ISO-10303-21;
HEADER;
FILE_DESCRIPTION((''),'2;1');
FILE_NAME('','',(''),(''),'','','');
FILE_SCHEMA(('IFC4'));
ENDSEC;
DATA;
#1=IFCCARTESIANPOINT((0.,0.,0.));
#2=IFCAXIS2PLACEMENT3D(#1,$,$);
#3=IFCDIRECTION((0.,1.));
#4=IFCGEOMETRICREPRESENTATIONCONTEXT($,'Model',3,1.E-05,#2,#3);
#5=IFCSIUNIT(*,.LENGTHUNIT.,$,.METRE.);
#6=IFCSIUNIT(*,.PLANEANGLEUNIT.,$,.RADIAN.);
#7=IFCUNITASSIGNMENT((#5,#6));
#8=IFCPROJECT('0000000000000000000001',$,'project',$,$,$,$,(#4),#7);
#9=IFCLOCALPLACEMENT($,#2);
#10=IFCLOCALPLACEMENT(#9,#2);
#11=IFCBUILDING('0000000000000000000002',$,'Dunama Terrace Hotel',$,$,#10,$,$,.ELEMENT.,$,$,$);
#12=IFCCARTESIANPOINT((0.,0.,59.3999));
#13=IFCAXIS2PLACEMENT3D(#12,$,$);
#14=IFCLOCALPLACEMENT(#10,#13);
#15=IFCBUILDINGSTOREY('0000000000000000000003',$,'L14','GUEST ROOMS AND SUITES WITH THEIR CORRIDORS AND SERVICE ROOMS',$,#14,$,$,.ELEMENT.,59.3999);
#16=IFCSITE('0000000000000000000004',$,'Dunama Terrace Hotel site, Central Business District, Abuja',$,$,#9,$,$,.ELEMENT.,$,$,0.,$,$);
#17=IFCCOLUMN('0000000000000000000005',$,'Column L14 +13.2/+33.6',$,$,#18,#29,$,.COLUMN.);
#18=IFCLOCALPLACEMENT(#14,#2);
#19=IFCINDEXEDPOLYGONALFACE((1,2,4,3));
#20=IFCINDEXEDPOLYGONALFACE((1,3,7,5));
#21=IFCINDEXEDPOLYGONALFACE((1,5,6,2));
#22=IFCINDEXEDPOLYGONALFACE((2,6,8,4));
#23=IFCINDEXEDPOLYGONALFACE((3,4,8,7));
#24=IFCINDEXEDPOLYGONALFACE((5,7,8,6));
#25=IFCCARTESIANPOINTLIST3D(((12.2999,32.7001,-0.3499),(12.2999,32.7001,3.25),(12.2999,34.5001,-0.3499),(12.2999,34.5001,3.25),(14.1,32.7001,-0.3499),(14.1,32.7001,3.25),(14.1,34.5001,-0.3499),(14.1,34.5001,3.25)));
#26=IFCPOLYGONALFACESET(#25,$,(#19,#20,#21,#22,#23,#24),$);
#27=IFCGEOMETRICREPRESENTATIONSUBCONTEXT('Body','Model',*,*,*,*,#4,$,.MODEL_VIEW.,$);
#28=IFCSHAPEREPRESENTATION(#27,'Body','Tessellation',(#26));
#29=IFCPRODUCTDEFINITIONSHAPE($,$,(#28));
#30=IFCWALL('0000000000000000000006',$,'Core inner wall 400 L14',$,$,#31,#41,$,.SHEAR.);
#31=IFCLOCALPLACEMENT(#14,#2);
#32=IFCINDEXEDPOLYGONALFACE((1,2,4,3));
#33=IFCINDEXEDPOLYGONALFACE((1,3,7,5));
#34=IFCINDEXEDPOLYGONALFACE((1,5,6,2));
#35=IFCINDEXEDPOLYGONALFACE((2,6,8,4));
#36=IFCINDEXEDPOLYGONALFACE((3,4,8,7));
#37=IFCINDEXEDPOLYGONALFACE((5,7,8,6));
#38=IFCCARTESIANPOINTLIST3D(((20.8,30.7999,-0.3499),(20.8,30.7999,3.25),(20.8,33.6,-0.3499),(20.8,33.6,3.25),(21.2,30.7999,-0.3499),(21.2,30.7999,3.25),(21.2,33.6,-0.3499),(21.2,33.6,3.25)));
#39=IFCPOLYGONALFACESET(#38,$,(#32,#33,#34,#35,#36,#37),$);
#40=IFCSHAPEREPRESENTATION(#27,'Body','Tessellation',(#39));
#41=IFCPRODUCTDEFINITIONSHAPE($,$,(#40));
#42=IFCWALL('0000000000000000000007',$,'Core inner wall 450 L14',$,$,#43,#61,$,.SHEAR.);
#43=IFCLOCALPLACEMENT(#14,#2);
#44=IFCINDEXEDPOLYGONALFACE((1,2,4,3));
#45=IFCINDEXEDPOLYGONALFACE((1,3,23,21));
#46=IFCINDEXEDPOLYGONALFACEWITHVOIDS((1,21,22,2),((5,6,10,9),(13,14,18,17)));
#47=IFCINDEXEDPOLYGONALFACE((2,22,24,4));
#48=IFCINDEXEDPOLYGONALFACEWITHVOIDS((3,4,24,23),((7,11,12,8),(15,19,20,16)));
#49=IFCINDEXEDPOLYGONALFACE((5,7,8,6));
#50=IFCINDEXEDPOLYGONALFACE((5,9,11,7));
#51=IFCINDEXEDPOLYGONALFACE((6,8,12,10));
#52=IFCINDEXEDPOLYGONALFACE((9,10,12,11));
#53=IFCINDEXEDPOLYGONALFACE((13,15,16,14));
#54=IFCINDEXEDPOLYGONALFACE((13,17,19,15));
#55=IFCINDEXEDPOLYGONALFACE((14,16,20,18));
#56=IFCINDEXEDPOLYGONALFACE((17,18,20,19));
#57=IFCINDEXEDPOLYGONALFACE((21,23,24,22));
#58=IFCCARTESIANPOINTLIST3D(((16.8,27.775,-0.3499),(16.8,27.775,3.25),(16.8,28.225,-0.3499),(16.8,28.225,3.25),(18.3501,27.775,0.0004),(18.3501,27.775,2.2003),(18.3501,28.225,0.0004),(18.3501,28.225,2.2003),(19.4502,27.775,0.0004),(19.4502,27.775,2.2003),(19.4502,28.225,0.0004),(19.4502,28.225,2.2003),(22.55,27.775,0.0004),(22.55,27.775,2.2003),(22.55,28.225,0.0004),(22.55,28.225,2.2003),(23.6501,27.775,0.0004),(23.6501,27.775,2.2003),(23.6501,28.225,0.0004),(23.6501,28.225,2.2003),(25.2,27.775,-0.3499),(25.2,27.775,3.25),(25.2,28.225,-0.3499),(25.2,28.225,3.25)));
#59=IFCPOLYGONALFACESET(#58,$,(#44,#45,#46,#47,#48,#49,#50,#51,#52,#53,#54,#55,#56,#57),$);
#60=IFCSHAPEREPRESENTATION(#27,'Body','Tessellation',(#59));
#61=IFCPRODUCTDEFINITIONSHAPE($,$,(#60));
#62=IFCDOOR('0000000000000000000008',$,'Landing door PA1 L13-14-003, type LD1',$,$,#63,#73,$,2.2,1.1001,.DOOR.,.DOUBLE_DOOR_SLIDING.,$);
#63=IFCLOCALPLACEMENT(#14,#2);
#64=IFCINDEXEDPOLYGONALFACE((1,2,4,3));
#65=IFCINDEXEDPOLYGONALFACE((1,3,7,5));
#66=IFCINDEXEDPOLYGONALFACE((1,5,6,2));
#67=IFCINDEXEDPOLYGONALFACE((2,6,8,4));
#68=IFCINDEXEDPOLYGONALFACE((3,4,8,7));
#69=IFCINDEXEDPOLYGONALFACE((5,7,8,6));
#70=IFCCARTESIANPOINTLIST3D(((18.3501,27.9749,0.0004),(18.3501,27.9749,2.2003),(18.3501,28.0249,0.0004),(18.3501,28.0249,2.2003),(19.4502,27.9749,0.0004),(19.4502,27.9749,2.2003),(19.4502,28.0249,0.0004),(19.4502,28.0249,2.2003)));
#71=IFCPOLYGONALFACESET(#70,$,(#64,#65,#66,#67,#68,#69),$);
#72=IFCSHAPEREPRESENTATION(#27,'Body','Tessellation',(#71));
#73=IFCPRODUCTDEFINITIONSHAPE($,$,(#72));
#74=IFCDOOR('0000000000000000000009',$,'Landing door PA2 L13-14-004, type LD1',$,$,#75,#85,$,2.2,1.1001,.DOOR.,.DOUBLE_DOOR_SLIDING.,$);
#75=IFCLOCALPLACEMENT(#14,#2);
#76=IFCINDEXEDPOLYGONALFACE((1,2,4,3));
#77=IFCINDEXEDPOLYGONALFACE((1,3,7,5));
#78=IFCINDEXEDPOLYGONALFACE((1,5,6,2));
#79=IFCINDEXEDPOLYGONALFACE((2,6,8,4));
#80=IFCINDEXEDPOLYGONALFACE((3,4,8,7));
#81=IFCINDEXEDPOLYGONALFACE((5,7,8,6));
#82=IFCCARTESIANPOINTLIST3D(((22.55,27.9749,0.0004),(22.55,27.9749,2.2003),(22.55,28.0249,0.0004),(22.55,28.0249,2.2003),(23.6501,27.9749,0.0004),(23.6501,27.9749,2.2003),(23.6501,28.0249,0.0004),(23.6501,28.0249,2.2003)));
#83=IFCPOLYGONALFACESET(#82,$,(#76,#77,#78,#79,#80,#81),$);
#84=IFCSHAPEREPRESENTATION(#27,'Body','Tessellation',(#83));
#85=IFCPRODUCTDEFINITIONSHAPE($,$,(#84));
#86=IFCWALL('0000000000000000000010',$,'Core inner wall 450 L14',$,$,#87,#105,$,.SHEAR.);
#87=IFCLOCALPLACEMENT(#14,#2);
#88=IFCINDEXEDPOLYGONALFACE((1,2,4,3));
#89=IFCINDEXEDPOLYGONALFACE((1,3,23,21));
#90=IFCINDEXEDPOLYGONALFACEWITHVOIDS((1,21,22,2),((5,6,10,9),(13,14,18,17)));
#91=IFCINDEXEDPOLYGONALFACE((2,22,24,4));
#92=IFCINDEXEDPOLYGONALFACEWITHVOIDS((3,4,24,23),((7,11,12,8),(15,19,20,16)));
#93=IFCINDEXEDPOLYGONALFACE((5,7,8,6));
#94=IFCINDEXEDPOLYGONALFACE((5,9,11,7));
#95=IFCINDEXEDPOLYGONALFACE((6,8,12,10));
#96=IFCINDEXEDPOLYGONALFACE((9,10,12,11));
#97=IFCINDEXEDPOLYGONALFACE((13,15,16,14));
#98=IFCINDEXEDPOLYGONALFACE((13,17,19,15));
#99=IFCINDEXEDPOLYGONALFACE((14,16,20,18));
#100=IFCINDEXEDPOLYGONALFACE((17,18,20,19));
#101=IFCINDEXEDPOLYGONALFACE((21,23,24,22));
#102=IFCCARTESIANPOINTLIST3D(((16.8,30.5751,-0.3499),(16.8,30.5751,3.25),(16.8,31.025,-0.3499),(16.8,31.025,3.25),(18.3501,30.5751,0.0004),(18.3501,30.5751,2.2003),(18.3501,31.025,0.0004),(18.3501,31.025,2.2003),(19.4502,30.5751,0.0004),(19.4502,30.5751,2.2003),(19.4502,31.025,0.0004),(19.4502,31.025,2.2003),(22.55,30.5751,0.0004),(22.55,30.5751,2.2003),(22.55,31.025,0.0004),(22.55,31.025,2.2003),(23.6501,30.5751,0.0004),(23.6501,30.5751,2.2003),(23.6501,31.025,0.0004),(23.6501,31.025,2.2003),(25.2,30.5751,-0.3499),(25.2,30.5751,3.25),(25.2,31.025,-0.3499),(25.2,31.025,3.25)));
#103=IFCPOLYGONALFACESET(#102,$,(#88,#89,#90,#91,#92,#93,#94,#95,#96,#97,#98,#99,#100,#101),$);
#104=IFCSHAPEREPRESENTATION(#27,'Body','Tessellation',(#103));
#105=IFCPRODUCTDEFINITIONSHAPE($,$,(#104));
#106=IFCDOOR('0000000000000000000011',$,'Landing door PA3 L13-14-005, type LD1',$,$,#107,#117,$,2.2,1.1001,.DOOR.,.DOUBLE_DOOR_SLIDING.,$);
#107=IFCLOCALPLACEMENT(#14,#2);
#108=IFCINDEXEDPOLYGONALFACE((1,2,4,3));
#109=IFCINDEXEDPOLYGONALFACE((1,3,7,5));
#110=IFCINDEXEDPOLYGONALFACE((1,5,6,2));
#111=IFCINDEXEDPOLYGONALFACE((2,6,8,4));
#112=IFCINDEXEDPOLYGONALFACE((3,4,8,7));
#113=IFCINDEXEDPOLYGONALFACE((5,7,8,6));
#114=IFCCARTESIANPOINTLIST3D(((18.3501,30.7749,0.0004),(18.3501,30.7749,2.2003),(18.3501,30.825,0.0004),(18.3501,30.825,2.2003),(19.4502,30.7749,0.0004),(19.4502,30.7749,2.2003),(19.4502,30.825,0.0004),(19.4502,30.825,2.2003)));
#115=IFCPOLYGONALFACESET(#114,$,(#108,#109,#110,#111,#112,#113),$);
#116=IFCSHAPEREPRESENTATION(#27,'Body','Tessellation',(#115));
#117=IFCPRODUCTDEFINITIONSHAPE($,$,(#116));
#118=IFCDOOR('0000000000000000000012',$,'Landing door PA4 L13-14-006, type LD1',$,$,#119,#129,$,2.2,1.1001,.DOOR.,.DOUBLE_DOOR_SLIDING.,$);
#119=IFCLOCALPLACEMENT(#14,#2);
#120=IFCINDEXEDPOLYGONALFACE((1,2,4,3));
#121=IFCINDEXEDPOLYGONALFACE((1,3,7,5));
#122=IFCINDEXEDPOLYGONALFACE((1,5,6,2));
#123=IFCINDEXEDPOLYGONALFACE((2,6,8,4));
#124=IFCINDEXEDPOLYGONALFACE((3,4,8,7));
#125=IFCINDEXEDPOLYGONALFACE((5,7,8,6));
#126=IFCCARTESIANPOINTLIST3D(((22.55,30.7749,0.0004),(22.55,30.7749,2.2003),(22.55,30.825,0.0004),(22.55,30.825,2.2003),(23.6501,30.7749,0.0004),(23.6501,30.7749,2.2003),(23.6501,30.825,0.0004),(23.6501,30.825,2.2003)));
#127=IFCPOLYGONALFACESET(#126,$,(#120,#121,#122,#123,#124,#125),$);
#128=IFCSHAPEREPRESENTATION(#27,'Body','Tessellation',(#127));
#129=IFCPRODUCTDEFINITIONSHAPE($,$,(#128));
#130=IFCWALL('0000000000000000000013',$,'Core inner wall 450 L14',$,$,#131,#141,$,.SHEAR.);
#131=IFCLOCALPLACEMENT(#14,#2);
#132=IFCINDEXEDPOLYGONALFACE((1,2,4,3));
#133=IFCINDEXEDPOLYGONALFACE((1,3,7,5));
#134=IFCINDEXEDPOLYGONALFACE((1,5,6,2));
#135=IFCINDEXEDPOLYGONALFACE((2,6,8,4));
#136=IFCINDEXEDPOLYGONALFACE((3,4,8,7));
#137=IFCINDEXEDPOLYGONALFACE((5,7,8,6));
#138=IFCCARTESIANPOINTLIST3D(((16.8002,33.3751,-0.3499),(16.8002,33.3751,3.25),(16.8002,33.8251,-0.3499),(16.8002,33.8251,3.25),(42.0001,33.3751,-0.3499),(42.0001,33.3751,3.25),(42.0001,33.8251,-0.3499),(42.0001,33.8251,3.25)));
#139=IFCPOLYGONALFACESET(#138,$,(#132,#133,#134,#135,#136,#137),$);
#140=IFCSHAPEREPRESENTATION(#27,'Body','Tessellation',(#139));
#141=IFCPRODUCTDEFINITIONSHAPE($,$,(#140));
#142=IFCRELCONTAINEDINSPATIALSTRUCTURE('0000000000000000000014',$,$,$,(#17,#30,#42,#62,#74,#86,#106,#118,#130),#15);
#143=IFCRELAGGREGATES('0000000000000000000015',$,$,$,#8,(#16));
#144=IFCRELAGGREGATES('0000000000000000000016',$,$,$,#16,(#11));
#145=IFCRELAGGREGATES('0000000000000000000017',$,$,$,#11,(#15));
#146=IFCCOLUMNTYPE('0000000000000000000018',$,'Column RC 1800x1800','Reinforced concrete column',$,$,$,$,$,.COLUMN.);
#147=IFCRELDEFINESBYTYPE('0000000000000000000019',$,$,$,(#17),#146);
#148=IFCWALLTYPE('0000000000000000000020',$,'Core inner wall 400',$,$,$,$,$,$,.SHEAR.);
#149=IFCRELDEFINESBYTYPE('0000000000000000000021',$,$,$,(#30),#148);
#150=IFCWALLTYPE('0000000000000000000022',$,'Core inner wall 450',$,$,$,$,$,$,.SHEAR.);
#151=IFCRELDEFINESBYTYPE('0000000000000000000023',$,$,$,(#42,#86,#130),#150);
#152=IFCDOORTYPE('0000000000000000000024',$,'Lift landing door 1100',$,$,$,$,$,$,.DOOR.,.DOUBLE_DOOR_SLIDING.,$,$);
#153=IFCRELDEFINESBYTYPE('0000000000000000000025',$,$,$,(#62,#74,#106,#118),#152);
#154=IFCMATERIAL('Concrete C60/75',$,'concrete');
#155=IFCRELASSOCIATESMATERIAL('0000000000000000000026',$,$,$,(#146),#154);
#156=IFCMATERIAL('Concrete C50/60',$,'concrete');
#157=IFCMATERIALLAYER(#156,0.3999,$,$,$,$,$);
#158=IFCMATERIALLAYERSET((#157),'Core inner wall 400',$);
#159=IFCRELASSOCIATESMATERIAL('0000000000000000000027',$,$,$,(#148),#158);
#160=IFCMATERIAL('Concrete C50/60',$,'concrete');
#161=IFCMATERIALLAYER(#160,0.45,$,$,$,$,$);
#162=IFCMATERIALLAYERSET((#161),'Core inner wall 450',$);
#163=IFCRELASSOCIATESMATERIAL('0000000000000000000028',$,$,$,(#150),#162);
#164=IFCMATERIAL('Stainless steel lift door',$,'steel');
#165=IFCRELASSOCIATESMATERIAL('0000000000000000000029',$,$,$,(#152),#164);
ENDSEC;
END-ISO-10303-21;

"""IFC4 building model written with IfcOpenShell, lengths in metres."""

from ifc_helpers import new_model, si_unit, direction, frame, frame_2d, origin, origin_2d, place, context, subcontext, project, spatial, rectangle, extrude, material, layer, layer_set, material_profile, profile_set, type_object, element, fill, save


model = new_model("IFC4")

# Units and contexts
model_context = context("Model", 3, precision=1e-05, world=origin(), true_north=direction((0.0, 1.0)))
body_context = subcontext(model_context, "Body", "Model", "MODEL_VIEW")
ifc_project = project(units=[si_unit("LENGTHUNIT", "METRE"), si_unit("PLANEANGLEUNIT", "RADIAN")], contexts=[model_context])

# Site, building, storey
site_placement = place(None, origin())
site = spatial("IfcSite", under=ifc_project, at=site_placement, Name="Dunama Terrace Hotel site, Central Business District, Abuja", CompositionType="ELEMENT", RefElevation=0.0)
building_placement = place(site_placement, origin())
building = spatial("IfcBuilding", under=site, at=building_placement, Name="Dunama Terrace Hotel", CompositionType="ELEMENT")
storey_placement = place(building_placement, frame((0.0, 0.0, 59.3999)))
storey = spatial("IfcBuildingStorey", under=building, at=storey_placement, Name="L14", Description="GUEST ROOMS AND SUITES WITH THEIR CORRIDORS AND SERVICE ROOMS", CompositionType="ELEMENT", Elevation=59.3999)

# Column
ifc_material_1 = material(Name="Concrete C60/75", Category="concrete")
ifc_material_profile = material_profile(ifc_material_1, rectangle(XDim=1.8, YDim=1.8, at=origin_2d()), Name="RC 1800x1800")
ifc_profile_set = profile_set([ifc_material_profile], Name="Concrete C60/75")
column_type = type_object("IfcColumnType", Name="Column RC 1800x1800", Description="Reinforced concrete column", PredefinedType="COLUMN", material=ifc_profile_set)
column_placement = place(storey_placement, frame((13.2, 33.6001, -0.3499), z_axis=(0.0, 0.0, 1.0), x_axis=(1.0, 0.0, 0.0)))
element("IfcColumn", 1, at=column_placement, inside=storey, type_object=column_type, Name="Column L14 +13.2/+33.6", PredefinedType="COLUMN", context=body_context, shape_type="SweptSolid", body=[
    extrude(rectangle(XDim=1.8, YDim=1.8, at=origin_2d()), origin(), (0.0, 0.0, 1.0), 3.5999),
])

# Wall
ifc_material_2 = material(Name="Concrete C50/60", Category="concrete")
ifc_layer_1 = layer(ifc_material_2, 0.3999)
ifc_layer_set_1 = layer_set([ifc_layer_1], Name="Core inner wall 400")
wall_type_1 = type_object("IfcWallType", Name="Core inner wall 400", PredefinedType="SHEAR", material=ifc_layer_set_1)
wall_1_placement = place(storey_placement, frame((21.0, 30.8, -0.3499), z_axis=(0.0, 0.0, 1.0), x_axis=(0.0, 1.0, 0.0)))
element("IfcWall", 2, at=wall_1_placement, inside=storey, type_object=wall_type_1, Name="Core inner wall 400 L14", PredefinedType="SHEAR", context=body_context, shape_type="SweptSolid", body=[
    extrude(rectangle(XDim=2.8, YDim=0.3999, at=frame_2d((1.3999, 0.0))), origin(), (0.0, 0.0, 1.0), 3.5999),
])

# Walls, openings, doors
ifc_material_3 = material(Name="Concrete C50/60", Category="concrete")
ifc_layer_2 = layer(ifc_material_3, 0.45)
ifc_layer_set_2 = layer_set([ifc_layer_2], Name="Core inner wall 450")
wall_type_2 = type_object("IfcWallType", Name="Core inner wall 450", PredefinedType="SHEAR", material=ifc_layer_set_2)
wall_2_placement = place(storey_placement, frame((16.8, 28.0, -0.3499), z_axis=(0.0, 0.0, 1.0), x_axis=(1.0, 0.0, 0.0)))
wall_2 = element("IfcWall", 3, at=wall_2_placement, inside=storey, type_object=wall_type_2, Name="Core inner wall 450 L14", PredefinedType="SHEAR", context=body_context, shape_type="SweptSolid", body=[
    extrude(rectangle(XDim=8.3999, YDim=0.45, at=frame_2d((4.2, 0.0))), origin(), (0.0, 0.0, 1.0), 3.5999),
])
opening_1_placement = place(wall_2_placement, frame((1.55, 0.0, 0.3501)))
opening_1 = element("IfcOpeningElement", 4, at=opening_1_placement, cuts=wall_2, PredefinedType="OPENING", context=body_context, shape_type="SweptSolid", body=[
    extrude(rectangle(XDim=1.1001, YDim=2.2, at=frame_2d((0.55, 1.1001))), frame((0.0, 0.2349, 0.0), z_axis=(0.0, -1.0, 0.0), x_axis=(1.0, 0.0, 0.0)), (0.0, 0.0, 1.0), 0.47),
])
opening_2_placement = place(wall_2_placement, frame((5.75, 0.0, 0.3501)))
opening_2 = element("IfcOpeningElement", 5, at=opening_2_placement, cuts=wall_2, PredefinedType="OPENING", context=body_context, shape_type="SweptSolid", body=[
    extrude(rectangle(XDim=1.1001, YDim=2.2, at=frame_2d((0.55, 1.1001))), frame((0.0, 0.2349, 0.0), z_axis=(0.0, -1.0, 0.0), x_axis=(1.0, 0.0, 0.0)), (0.0, 0.0, 1.0), 0.47),
])
ifc_material_4 = material(Name="Stainless steel lift door", Category="steel")
door_type_1 = type_object("IfcDoorType", Name="Lift landing door 1100", OperationType="DOUBLE_DOOR_SLIDING", PredefinedType="DOOR", material=ifc_material_4)
door_1_placement = place(opening_1_placement, origin())
door_1 = element("IfcDoor", 6, at=door_1_placement, inside=storey, type_object=door_type_1, Name="Landing door PA1 L13-14-003, type LD1", OperationType="DOUBLE_DOOR_SLIDING", OverallHeight=2.2, OverallWidth=1.1001, PredefinedType="DOOR", context=body_context, shape_type="SweptSolid", body=[
    extrude(rectangle(XDim=1.1001, YDim=2.2, at=frame_2d((0.55, 1.1001))), frame((0.0, 0.0249, 0.0), z_axis=(0.0, -1.0, 0.0), x_axis=(1.0, 0.0, 0.0)), (0.0, 0.0, 1.0), 0.05),
])
fill(opening_1, door_1)
door_2_placement = place(opening_2_placement, origin())
door_2 = element("IfcDoor", 7, at=door_2_placement, inside=storey, type_object=door_type_1, Name="Landing door PA2 L13-14-004, type LD1", OperationType="DOUBLE_DOOR_SLIDING", OverallHeight=2.2, OverallWidth=1.1001, PredefinedType="DOOR", context=body_context, shape_type="SweptSolid", body=[
    extrude(rectangle(XDim=1.1001, YDim=2.2, at=frame_2d((0.55, 1.1001))), frame((0.0, 0.0249, 0.0), z_axis=(0.0, -1.0, 0.0), x_axis=(1.0, 0.0, 0.0)), (0.0, 0.0, 1.0), 0.05),
])
fill(opening_2, door_2)
wall_3_placement = place(storey_placement, frame((16.8, 30.8, -0.3499), z_axis=(0.0, 0.0, 1.0), x_axis=(1.0, 0.0, 0.0)))
wall_3 = element("IfcWall", 8, at=wall_3_placement, inside=storey, type_object=wall_type_2, Name="Core inner wall 450 L14", PredefinedType="SHEAR", context=body_context, shape_type="SweptSolid", body=[
    extrude(rectangle(XDim=8.3999, YDim=0.45, at=frame_2d((4.2, 0.0))), origin(), (0.0, 0.0, 1.0), 3.5999),
])
opening_3_placement = place(wall_3_placement, frame((1.55, 0.0, 0.3501)))
opening_3 = element("IfcOpeningElement", 9, at=opening_3_placement, cuts=wall_3, PredefinedType="OPENING", context=body_context, shape_type="SweptSolid", body=[
    extrude(rectangle(XDim=1.1001, YDim=2.2, at=frame_2d((0.55, 1.1001))), frame((0.0, 0.2349, 0.0), z_axis=(0.0, -1.0, 0.0), x_axis=(1.0, 0.0, 0.0)), (0.0, 0.0, 1.0), 0.47),
])
opening_4_placement = place(wall_3_placement, frame((5.75, 0.0, 0.3501)))
opening_4 = element("IfcOpeningElement", 10, at=opening_4_placement, cuts=wall_3, PredefinedType="OPENING", context=body_context, shape_type="SweptSolid", body=[
    extrude(rectangle(XDim=1.1001, YDim=2.2, at=frame_2d((0.55, 1.1001))), frame((0.0, 0.2349, 0.0), z_axis=(0.0, -1.0, 0.0), x_axis=(1.0, 0.0, 0.0)), (0.0, 0.0, 1.0), 0.47),
])
door_3_placement = place(opening_3_placement, origin())
door_3 = element("IfcDoor", 11, at=door_3_placement, inside=storey, type_object=door_type_1, Name="Landing door PA3 L13-14-005, type LD1", OperationType="DOUBLE_DOOR_SLIDING", OverallHeight=2.2, OverallWidth=1.1001, PredefinedType="DOOR", context=body_context, shape_type="SweptSolid", body=[
    extrude(rectangle(XDim=1.1001, YDim=2.2, at=frame_2d((0.55, 1.1001))), frame((0.0, 0.0249, 0.0), z_axis=(0.0, -1.0, 0.0), x_axis=(1.0, 0.0, 0.0)), (0.0, 0.0, 1.0), 0.05),
])
fill(opening_3, door_3)
door_4_placement = place(opening_4_placement, origin())
door_4 = element("IfcDoor", 12, at=door_4_placement, inside=storey, type_object=door_type_1, Name="Landing door PA4 L13-14-006, type LD1", OperationType="DOUBLE_DOOR_SLIDING", OverallHeight=2.2, OverallWidth=1.1001, PredefinedType="DOOR", context=body_context, shape_type="SweptSolid", body=[
    extrude(rectangle(XDim=1.1001, YDim=2.2, at=frame_2d((0.55, 1.1001))), frame((0.0, 0.0249, 0.0), z_axis=(0.0, -1.0, 0.0), x_axis=(1.0, 0.0, 0.0)), (0.0, 0.0, 1.0), 0.05),
])
fill(opening_4, door_4)

# Wall
wall_4_placement = place(storey_placement, frame((16.8, 33.6001, -0.3499), z_axis=(0.0, 0.0, 1.0), x_axis=(1.0, 0.0, 0.0)))
element("IfcWall", 13, at=wall_4_placement, inside=storey, type_object=wall_type_2, Name="Core inner wall 450 L14", PredefinedType="SHEAR", context=body_context, shape_type="SweptSolid", body=[
    extrude(rectangle(XDim=25.2, YDim=0.45, at=frame_2d((12.6001, 0.0))), origin(), (0.0, 0.0, 1.0), 3.5999),
])

save(model, "model.ifc")
